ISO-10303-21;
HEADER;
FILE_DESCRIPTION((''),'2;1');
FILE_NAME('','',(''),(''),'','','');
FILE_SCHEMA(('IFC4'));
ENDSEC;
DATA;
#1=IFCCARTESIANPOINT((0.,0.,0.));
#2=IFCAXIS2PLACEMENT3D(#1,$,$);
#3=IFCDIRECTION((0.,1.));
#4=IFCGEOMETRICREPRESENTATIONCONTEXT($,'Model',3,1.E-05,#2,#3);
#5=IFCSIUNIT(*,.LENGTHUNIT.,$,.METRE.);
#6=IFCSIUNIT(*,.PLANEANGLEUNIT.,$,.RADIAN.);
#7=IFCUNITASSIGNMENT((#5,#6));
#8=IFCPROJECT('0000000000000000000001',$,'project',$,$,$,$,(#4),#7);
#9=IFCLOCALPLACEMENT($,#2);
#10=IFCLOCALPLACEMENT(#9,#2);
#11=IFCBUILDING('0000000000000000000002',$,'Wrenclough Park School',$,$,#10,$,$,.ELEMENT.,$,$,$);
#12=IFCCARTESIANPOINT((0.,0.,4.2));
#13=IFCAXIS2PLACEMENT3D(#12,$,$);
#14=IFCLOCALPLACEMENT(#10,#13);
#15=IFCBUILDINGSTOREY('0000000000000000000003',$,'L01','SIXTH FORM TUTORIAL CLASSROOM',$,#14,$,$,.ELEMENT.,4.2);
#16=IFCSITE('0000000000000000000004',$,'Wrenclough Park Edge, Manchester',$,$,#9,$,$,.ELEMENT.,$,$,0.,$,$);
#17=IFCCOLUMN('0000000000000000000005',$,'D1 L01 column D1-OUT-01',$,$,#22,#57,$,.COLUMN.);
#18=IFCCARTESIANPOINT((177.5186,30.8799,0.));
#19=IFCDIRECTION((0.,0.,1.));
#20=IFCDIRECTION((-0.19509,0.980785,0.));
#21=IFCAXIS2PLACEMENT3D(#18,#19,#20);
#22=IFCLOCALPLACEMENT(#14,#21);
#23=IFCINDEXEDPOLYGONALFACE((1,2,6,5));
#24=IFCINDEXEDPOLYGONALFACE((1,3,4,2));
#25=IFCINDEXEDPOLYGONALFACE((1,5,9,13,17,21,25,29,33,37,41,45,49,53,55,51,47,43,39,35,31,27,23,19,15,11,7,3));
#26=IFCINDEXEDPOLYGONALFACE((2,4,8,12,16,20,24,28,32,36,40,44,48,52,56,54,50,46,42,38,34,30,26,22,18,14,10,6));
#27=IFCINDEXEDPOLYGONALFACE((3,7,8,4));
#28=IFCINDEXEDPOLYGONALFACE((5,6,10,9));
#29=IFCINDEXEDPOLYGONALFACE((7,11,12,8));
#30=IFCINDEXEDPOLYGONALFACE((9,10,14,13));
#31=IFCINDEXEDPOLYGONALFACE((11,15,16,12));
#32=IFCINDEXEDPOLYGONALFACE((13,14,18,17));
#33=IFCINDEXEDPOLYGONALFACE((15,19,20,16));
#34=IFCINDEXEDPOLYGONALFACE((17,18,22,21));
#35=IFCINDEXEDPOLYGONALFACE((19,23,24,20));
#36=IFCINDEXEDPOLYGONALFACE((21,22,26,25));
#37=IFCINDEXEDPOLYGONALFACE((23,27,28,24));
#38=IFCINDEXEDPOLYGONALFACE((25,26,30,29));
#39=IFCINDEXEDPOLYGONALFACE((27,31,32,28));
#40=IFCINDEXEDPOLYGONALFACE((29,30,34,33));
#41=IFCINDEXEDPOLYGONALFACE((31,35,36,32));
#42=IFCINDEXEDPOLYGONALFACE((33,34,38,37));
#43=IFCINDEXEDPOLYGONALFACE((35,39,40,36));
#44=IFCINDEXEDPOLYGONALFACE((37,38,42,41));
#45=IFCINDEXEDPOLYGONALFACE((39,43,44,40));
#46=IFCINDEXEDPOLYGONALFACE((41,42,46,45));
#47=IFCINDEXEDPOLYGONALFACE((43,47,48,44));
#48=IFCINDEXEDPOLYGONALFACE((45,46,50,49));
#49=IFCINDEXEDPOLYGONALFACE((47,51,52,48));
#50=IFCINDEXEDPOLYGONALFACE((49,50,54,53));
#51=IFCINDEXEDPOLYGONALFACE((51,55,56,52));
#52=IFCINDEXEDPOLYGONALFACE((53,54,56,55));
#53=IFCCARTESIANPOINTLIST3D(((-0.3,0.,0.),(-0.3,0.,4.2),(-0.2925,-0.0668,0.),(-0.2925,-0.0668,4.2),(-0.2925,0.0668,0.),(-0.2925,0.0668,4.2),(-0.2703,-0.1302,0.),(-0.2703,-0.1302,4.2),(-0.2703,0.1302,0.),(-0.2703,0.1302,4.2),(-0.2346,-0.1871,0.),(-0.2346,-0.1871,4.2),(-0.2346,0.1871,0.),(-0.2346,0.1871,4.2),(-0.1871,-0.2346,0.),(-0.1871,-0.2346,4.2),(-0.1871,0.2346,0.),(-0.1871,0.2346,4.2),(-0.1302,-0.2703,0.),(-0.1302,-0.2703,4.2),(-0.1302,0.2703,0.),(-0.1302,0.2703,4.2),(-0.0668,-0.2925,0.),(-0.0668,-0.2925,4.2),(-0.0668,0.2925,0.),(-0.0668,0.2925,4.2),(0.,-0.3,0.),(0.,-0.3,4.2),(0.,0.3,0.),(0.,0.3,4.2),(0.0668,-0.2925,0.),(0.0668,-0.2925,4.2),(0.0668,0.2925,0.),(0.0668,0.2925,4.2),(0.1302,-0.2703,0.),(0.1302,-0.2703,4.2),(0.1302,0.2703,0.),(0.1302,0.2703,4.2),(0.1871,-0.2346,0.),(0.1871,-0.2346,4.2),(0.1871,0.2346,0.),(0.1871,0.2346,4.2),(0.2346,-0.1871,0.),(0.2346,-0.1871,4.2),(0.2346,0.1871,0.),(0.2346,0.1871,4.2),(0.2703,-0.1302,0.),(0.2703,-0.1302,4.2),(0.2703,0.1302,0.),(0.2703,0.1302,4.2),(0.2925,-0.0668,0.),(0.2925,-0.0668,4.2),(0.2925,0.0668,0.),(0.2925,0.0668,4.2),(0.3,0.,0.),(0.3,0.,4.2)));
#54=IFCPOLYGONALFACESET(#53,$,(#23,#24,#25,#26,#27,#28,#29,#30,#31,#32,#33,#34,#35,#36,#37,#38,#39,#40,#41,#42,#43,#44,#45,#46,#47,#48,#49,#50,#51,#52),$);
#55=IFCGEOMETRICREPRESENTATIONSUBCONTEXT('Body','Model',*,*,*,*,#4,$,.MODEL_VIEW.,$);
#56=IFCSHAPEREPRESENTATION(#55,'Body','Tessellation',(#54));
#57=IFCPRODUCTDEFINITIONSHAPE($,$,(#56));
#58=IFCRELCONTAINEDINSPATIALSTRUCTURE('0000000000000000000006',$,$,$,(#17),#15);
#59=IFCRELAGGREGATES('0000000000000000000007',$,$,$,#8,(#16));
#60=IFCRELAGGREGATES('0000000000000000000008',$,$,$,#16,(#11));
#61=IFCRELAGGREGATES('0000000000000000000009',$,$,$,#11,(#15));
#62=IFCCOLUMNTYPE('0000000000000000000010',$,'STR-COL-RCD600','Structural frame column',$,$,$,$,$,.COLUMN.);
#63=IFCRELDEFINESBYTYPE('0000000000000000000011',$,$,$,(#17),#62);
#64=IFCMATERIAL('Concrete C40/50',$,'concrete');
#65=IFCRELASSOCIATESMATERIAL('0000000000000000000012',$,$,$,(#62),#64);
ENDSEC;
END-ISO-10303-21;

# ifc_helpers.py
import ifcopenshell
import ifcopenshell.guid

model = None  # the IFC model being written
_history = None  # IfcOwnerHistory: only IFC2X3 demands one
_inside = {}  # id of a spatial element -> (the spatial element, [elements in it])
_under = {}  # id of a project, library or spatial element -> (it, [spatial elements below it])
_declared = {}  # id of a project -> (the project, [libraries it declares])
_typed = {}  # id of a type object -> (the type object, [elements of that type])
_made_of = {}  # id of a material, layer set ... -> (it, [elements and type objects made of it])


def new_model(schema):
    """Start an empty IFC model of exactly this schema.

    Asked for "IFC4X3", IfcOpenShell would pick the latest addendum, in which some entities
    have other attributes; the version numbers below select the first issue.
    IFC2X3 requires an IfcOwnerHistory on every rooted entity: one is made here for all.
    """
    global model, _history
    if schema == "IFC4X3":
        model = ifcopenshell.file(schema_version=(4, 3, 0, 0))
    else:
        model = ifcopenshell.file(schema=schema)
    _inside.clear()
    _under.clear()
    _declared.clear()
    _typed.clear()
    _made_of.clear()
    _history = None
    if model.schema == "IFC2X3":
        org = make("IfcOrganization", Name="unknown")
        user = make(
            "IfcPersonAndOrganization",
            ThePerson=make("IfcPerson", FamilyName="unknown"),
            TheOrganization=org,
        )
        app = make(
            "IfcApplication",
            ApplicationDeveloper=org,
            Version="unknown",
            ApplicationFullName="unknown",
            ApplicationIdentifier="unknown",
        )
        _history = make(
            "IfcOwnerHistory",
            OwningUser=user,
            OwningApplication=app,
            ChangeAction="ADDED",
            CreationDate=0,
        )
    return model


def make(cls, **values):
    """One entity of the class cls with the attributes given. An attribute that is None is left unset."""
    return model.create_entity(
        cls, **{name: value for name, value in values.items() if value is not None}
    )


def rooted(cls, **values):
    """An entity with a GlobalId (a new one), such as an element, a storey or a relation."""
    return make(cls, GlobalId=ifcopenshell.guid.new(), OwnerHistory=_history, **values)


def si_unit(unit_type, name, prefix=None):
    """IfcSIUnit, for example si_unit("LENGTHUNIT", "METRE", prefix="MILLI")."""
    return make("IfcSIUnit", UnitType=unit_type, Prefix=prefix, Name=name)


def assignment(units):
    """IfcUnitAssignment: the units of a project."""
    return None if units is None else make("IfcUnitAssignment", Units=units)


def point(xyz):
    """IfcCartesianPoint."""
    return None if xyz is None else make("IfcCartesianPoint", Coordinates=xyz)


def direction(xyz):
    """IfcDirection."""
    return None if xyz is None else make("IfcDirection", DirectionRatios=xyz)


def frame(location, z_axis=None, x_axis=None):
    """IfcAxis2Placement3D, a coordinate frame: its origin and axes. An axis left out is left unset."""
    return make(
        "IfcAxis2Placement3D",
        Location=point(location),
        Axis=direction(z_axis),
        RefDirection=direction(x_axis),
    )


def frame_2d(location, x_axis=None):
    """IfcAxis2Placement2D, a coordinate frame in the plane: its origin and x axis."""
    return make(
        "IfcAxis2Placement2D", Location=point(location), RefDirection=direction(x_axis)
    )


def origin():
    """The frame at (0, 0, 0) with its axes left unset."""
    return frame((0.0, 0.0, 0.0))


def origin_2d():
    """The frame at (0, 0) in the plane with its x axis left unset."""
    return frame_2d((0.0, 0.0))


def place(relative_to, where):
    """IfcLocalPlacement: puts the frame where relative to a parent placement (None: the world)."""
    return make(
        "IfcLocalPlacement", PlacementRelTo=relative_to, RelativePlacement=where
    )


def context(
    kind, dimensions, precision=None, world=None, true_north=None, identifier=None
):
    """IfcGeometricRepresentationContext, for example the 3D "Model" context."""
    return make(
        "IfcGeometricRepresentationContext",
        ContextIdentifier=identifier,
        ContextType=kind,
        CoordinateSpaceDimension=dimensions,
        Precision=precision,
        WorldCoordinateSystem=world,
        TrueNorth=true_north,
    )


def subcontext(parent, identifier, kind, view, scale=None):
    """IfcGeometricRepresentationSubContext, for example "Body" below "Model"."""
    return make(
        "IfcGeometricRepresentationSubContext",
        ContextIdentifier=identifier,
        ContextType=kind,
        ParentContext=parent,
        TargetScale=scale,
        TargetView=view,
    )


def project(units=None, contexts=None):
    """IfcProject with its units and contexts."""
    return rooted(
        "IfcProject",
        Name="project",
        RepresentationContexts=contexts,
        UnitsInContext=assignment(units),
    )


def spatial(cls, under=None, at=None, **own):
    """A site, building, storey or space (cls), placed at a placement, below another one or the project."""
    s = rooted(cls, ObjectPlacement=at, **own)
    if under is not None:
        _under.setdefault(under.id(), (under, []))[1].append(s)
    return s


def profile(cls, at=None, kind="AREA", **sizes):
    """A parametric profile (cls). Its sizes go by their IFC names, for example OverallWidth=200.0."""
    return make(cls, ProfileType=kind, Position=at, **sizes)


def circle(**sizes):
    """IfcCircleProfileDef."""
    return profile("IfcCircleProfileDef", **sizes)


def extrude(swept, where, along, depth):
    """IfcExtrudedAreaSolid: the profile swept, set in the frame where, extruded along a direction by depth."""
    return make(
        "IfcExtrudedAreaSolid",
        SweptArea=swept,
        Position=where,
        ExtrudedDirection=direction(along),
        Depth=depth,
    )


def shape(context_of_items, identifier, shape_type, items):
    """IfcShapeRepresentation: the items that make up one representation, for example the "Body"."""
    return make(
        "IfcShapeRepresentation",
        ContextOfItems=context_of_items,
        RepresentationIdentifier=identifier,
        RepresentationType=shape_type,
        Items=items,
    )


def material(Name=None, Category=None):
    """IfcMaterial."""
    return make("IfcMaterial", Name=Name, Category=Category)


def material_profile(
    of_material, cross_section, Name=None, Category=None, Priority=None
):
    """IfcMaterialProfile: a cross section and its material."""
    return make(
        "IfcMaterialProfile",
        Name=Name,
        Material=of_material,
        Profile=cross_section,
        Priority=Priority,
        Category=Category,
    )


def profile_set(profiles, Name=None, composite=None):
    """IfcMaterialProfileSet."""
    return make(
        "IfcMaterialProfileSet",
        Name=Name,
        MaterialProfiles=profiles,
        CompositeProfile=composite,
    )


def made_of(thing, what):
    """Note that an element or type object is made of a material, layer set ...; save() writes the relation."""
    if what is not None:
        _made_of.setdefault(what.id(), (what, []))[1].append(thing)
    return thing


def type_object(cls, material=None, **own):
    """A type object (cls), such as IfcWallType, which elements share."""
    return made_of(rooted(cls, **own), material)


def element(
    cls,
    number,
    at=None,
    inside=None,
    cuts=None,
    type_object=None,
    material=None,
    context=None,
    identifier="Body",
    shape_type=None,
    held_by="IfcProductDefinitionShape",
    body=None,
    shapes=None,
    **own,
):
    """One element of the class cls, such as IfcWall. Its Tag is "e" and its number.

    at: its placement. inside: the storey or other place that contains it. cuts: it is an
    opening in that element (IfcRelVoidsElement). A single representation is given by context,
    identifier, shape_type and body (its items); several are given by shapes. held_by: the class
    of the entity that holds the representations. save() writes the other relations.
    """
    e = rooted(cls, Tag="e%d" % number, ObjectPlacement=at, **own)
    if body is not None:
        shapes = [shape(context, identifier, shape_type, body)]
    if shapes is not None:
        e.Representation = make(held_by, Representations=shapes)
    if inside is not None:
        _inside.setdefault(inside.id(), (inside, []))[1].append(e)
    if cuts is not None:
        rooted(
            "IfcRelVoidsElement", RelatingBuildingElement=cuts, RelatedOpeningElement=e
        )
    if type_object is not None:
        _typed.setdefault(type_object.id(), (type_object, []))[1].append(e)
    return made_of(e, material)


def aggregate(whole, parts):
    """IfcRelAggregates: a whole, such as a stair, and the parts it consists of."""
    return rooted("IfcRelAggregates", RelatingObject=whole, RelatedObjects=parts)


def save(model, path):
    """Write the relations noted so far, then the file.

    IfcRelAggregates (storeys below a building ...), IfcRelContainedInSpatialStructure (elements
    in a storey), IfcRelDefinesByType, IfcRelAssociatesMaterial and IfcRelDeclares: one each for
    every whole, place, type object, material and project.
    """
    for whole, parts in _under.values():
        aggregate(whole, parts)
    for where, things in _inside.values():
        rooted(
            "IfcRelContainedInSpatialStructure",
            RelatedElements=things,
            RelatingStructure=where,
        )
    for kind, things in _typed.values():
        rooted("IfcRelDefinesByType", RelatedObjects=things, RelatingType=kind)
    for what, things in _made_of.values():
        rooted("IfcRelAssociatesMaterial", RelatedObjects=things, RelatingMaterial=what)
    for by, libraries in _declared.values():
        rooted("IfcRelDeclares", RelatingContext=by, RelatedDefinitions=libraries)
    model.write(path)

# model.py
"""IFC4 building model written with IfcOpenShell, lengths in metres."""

from ifc_helpers import new_model, si_unit, direction, frame, origin, origin_2d, place, context, subcontext, project, spatial, circle, extrude, material, material_profile, profile_set, type_object, element, save


model = new_model("IFC4")

# Units and contexts
model_context = context("Model", 3, precision=1e-05, world=origin(), true_north=direction((0.0, 1.0)))
body_context = subcontext(model_context, "Body", "Model", "MODEL_VIEW")
ifc_project = project(units=[si_unit("LENGTHUNIT", "METRE"), si_unit("PLANEANGLEUNIT", "RADIAN")], contexts=[model_context])

# Site, building, storey
site_placement = place(None, origin())
site = spatial("IfcSite", under=ifc_project, at=site_placement, Name="Wrenclough Park Edge, Manchester", CompositionType="ELEMENT", RefElevation=0.0)
building_placement = place(site_placement, origin())
building = spatial("IfcBuilding", under=site, at=building_placement, Name="Wrenclough Park School", CompositionType="ELEMENT")
storey_placement = place(building_placement, frame((0.0, 0.0, 4.2)))
storey = spatial("IfcBuildingStorey", under=building, at=storey_placement, Name="L01", Description="SIXTH FORM TUTORIAL CLASSROOM", CompositionType="ELEMENT", Elevation=4.2)

# Column
ifc_material_1 = material(Name="Concrete C40/50", Category="concrete")
ifc_material_profile_1 = material_profile(ifc_material_1, circle(Radius=0.3, at=origin_2d()), Name="RC COL D600")
ifc_profile_set_1 = profile_set([ifc_material_profile_1], Name="Concrete C40/50")
column_type_1 = type_object("IfcColumnType", Name="STR-COL-RCD600", Description="Structural frame column", PredefinedType="COLUMN", material=ifc_profile_set_1)
column_1_placement = place(storey_placement, frame((177.5186, 30.8799, 0.0), z_axis=(0.0, 0.0, 1.0), x_axis=(-0.19509, 0.980785, 0.0)))
element("IfcColumn", 1, at=column_1_placement, inside=storey, type_object=column_type_1, Name="D1 L01 column D1-OUT-01", PredefinedType="COLUMN", context=body_context, shape_type="SweptSolid", body=[
    extrude(circle(Radius=0.3, at=origin_2d()), origin(), (0.0, 0.0, 1.0), 4.2),
])

save(model, "model.ifc")
